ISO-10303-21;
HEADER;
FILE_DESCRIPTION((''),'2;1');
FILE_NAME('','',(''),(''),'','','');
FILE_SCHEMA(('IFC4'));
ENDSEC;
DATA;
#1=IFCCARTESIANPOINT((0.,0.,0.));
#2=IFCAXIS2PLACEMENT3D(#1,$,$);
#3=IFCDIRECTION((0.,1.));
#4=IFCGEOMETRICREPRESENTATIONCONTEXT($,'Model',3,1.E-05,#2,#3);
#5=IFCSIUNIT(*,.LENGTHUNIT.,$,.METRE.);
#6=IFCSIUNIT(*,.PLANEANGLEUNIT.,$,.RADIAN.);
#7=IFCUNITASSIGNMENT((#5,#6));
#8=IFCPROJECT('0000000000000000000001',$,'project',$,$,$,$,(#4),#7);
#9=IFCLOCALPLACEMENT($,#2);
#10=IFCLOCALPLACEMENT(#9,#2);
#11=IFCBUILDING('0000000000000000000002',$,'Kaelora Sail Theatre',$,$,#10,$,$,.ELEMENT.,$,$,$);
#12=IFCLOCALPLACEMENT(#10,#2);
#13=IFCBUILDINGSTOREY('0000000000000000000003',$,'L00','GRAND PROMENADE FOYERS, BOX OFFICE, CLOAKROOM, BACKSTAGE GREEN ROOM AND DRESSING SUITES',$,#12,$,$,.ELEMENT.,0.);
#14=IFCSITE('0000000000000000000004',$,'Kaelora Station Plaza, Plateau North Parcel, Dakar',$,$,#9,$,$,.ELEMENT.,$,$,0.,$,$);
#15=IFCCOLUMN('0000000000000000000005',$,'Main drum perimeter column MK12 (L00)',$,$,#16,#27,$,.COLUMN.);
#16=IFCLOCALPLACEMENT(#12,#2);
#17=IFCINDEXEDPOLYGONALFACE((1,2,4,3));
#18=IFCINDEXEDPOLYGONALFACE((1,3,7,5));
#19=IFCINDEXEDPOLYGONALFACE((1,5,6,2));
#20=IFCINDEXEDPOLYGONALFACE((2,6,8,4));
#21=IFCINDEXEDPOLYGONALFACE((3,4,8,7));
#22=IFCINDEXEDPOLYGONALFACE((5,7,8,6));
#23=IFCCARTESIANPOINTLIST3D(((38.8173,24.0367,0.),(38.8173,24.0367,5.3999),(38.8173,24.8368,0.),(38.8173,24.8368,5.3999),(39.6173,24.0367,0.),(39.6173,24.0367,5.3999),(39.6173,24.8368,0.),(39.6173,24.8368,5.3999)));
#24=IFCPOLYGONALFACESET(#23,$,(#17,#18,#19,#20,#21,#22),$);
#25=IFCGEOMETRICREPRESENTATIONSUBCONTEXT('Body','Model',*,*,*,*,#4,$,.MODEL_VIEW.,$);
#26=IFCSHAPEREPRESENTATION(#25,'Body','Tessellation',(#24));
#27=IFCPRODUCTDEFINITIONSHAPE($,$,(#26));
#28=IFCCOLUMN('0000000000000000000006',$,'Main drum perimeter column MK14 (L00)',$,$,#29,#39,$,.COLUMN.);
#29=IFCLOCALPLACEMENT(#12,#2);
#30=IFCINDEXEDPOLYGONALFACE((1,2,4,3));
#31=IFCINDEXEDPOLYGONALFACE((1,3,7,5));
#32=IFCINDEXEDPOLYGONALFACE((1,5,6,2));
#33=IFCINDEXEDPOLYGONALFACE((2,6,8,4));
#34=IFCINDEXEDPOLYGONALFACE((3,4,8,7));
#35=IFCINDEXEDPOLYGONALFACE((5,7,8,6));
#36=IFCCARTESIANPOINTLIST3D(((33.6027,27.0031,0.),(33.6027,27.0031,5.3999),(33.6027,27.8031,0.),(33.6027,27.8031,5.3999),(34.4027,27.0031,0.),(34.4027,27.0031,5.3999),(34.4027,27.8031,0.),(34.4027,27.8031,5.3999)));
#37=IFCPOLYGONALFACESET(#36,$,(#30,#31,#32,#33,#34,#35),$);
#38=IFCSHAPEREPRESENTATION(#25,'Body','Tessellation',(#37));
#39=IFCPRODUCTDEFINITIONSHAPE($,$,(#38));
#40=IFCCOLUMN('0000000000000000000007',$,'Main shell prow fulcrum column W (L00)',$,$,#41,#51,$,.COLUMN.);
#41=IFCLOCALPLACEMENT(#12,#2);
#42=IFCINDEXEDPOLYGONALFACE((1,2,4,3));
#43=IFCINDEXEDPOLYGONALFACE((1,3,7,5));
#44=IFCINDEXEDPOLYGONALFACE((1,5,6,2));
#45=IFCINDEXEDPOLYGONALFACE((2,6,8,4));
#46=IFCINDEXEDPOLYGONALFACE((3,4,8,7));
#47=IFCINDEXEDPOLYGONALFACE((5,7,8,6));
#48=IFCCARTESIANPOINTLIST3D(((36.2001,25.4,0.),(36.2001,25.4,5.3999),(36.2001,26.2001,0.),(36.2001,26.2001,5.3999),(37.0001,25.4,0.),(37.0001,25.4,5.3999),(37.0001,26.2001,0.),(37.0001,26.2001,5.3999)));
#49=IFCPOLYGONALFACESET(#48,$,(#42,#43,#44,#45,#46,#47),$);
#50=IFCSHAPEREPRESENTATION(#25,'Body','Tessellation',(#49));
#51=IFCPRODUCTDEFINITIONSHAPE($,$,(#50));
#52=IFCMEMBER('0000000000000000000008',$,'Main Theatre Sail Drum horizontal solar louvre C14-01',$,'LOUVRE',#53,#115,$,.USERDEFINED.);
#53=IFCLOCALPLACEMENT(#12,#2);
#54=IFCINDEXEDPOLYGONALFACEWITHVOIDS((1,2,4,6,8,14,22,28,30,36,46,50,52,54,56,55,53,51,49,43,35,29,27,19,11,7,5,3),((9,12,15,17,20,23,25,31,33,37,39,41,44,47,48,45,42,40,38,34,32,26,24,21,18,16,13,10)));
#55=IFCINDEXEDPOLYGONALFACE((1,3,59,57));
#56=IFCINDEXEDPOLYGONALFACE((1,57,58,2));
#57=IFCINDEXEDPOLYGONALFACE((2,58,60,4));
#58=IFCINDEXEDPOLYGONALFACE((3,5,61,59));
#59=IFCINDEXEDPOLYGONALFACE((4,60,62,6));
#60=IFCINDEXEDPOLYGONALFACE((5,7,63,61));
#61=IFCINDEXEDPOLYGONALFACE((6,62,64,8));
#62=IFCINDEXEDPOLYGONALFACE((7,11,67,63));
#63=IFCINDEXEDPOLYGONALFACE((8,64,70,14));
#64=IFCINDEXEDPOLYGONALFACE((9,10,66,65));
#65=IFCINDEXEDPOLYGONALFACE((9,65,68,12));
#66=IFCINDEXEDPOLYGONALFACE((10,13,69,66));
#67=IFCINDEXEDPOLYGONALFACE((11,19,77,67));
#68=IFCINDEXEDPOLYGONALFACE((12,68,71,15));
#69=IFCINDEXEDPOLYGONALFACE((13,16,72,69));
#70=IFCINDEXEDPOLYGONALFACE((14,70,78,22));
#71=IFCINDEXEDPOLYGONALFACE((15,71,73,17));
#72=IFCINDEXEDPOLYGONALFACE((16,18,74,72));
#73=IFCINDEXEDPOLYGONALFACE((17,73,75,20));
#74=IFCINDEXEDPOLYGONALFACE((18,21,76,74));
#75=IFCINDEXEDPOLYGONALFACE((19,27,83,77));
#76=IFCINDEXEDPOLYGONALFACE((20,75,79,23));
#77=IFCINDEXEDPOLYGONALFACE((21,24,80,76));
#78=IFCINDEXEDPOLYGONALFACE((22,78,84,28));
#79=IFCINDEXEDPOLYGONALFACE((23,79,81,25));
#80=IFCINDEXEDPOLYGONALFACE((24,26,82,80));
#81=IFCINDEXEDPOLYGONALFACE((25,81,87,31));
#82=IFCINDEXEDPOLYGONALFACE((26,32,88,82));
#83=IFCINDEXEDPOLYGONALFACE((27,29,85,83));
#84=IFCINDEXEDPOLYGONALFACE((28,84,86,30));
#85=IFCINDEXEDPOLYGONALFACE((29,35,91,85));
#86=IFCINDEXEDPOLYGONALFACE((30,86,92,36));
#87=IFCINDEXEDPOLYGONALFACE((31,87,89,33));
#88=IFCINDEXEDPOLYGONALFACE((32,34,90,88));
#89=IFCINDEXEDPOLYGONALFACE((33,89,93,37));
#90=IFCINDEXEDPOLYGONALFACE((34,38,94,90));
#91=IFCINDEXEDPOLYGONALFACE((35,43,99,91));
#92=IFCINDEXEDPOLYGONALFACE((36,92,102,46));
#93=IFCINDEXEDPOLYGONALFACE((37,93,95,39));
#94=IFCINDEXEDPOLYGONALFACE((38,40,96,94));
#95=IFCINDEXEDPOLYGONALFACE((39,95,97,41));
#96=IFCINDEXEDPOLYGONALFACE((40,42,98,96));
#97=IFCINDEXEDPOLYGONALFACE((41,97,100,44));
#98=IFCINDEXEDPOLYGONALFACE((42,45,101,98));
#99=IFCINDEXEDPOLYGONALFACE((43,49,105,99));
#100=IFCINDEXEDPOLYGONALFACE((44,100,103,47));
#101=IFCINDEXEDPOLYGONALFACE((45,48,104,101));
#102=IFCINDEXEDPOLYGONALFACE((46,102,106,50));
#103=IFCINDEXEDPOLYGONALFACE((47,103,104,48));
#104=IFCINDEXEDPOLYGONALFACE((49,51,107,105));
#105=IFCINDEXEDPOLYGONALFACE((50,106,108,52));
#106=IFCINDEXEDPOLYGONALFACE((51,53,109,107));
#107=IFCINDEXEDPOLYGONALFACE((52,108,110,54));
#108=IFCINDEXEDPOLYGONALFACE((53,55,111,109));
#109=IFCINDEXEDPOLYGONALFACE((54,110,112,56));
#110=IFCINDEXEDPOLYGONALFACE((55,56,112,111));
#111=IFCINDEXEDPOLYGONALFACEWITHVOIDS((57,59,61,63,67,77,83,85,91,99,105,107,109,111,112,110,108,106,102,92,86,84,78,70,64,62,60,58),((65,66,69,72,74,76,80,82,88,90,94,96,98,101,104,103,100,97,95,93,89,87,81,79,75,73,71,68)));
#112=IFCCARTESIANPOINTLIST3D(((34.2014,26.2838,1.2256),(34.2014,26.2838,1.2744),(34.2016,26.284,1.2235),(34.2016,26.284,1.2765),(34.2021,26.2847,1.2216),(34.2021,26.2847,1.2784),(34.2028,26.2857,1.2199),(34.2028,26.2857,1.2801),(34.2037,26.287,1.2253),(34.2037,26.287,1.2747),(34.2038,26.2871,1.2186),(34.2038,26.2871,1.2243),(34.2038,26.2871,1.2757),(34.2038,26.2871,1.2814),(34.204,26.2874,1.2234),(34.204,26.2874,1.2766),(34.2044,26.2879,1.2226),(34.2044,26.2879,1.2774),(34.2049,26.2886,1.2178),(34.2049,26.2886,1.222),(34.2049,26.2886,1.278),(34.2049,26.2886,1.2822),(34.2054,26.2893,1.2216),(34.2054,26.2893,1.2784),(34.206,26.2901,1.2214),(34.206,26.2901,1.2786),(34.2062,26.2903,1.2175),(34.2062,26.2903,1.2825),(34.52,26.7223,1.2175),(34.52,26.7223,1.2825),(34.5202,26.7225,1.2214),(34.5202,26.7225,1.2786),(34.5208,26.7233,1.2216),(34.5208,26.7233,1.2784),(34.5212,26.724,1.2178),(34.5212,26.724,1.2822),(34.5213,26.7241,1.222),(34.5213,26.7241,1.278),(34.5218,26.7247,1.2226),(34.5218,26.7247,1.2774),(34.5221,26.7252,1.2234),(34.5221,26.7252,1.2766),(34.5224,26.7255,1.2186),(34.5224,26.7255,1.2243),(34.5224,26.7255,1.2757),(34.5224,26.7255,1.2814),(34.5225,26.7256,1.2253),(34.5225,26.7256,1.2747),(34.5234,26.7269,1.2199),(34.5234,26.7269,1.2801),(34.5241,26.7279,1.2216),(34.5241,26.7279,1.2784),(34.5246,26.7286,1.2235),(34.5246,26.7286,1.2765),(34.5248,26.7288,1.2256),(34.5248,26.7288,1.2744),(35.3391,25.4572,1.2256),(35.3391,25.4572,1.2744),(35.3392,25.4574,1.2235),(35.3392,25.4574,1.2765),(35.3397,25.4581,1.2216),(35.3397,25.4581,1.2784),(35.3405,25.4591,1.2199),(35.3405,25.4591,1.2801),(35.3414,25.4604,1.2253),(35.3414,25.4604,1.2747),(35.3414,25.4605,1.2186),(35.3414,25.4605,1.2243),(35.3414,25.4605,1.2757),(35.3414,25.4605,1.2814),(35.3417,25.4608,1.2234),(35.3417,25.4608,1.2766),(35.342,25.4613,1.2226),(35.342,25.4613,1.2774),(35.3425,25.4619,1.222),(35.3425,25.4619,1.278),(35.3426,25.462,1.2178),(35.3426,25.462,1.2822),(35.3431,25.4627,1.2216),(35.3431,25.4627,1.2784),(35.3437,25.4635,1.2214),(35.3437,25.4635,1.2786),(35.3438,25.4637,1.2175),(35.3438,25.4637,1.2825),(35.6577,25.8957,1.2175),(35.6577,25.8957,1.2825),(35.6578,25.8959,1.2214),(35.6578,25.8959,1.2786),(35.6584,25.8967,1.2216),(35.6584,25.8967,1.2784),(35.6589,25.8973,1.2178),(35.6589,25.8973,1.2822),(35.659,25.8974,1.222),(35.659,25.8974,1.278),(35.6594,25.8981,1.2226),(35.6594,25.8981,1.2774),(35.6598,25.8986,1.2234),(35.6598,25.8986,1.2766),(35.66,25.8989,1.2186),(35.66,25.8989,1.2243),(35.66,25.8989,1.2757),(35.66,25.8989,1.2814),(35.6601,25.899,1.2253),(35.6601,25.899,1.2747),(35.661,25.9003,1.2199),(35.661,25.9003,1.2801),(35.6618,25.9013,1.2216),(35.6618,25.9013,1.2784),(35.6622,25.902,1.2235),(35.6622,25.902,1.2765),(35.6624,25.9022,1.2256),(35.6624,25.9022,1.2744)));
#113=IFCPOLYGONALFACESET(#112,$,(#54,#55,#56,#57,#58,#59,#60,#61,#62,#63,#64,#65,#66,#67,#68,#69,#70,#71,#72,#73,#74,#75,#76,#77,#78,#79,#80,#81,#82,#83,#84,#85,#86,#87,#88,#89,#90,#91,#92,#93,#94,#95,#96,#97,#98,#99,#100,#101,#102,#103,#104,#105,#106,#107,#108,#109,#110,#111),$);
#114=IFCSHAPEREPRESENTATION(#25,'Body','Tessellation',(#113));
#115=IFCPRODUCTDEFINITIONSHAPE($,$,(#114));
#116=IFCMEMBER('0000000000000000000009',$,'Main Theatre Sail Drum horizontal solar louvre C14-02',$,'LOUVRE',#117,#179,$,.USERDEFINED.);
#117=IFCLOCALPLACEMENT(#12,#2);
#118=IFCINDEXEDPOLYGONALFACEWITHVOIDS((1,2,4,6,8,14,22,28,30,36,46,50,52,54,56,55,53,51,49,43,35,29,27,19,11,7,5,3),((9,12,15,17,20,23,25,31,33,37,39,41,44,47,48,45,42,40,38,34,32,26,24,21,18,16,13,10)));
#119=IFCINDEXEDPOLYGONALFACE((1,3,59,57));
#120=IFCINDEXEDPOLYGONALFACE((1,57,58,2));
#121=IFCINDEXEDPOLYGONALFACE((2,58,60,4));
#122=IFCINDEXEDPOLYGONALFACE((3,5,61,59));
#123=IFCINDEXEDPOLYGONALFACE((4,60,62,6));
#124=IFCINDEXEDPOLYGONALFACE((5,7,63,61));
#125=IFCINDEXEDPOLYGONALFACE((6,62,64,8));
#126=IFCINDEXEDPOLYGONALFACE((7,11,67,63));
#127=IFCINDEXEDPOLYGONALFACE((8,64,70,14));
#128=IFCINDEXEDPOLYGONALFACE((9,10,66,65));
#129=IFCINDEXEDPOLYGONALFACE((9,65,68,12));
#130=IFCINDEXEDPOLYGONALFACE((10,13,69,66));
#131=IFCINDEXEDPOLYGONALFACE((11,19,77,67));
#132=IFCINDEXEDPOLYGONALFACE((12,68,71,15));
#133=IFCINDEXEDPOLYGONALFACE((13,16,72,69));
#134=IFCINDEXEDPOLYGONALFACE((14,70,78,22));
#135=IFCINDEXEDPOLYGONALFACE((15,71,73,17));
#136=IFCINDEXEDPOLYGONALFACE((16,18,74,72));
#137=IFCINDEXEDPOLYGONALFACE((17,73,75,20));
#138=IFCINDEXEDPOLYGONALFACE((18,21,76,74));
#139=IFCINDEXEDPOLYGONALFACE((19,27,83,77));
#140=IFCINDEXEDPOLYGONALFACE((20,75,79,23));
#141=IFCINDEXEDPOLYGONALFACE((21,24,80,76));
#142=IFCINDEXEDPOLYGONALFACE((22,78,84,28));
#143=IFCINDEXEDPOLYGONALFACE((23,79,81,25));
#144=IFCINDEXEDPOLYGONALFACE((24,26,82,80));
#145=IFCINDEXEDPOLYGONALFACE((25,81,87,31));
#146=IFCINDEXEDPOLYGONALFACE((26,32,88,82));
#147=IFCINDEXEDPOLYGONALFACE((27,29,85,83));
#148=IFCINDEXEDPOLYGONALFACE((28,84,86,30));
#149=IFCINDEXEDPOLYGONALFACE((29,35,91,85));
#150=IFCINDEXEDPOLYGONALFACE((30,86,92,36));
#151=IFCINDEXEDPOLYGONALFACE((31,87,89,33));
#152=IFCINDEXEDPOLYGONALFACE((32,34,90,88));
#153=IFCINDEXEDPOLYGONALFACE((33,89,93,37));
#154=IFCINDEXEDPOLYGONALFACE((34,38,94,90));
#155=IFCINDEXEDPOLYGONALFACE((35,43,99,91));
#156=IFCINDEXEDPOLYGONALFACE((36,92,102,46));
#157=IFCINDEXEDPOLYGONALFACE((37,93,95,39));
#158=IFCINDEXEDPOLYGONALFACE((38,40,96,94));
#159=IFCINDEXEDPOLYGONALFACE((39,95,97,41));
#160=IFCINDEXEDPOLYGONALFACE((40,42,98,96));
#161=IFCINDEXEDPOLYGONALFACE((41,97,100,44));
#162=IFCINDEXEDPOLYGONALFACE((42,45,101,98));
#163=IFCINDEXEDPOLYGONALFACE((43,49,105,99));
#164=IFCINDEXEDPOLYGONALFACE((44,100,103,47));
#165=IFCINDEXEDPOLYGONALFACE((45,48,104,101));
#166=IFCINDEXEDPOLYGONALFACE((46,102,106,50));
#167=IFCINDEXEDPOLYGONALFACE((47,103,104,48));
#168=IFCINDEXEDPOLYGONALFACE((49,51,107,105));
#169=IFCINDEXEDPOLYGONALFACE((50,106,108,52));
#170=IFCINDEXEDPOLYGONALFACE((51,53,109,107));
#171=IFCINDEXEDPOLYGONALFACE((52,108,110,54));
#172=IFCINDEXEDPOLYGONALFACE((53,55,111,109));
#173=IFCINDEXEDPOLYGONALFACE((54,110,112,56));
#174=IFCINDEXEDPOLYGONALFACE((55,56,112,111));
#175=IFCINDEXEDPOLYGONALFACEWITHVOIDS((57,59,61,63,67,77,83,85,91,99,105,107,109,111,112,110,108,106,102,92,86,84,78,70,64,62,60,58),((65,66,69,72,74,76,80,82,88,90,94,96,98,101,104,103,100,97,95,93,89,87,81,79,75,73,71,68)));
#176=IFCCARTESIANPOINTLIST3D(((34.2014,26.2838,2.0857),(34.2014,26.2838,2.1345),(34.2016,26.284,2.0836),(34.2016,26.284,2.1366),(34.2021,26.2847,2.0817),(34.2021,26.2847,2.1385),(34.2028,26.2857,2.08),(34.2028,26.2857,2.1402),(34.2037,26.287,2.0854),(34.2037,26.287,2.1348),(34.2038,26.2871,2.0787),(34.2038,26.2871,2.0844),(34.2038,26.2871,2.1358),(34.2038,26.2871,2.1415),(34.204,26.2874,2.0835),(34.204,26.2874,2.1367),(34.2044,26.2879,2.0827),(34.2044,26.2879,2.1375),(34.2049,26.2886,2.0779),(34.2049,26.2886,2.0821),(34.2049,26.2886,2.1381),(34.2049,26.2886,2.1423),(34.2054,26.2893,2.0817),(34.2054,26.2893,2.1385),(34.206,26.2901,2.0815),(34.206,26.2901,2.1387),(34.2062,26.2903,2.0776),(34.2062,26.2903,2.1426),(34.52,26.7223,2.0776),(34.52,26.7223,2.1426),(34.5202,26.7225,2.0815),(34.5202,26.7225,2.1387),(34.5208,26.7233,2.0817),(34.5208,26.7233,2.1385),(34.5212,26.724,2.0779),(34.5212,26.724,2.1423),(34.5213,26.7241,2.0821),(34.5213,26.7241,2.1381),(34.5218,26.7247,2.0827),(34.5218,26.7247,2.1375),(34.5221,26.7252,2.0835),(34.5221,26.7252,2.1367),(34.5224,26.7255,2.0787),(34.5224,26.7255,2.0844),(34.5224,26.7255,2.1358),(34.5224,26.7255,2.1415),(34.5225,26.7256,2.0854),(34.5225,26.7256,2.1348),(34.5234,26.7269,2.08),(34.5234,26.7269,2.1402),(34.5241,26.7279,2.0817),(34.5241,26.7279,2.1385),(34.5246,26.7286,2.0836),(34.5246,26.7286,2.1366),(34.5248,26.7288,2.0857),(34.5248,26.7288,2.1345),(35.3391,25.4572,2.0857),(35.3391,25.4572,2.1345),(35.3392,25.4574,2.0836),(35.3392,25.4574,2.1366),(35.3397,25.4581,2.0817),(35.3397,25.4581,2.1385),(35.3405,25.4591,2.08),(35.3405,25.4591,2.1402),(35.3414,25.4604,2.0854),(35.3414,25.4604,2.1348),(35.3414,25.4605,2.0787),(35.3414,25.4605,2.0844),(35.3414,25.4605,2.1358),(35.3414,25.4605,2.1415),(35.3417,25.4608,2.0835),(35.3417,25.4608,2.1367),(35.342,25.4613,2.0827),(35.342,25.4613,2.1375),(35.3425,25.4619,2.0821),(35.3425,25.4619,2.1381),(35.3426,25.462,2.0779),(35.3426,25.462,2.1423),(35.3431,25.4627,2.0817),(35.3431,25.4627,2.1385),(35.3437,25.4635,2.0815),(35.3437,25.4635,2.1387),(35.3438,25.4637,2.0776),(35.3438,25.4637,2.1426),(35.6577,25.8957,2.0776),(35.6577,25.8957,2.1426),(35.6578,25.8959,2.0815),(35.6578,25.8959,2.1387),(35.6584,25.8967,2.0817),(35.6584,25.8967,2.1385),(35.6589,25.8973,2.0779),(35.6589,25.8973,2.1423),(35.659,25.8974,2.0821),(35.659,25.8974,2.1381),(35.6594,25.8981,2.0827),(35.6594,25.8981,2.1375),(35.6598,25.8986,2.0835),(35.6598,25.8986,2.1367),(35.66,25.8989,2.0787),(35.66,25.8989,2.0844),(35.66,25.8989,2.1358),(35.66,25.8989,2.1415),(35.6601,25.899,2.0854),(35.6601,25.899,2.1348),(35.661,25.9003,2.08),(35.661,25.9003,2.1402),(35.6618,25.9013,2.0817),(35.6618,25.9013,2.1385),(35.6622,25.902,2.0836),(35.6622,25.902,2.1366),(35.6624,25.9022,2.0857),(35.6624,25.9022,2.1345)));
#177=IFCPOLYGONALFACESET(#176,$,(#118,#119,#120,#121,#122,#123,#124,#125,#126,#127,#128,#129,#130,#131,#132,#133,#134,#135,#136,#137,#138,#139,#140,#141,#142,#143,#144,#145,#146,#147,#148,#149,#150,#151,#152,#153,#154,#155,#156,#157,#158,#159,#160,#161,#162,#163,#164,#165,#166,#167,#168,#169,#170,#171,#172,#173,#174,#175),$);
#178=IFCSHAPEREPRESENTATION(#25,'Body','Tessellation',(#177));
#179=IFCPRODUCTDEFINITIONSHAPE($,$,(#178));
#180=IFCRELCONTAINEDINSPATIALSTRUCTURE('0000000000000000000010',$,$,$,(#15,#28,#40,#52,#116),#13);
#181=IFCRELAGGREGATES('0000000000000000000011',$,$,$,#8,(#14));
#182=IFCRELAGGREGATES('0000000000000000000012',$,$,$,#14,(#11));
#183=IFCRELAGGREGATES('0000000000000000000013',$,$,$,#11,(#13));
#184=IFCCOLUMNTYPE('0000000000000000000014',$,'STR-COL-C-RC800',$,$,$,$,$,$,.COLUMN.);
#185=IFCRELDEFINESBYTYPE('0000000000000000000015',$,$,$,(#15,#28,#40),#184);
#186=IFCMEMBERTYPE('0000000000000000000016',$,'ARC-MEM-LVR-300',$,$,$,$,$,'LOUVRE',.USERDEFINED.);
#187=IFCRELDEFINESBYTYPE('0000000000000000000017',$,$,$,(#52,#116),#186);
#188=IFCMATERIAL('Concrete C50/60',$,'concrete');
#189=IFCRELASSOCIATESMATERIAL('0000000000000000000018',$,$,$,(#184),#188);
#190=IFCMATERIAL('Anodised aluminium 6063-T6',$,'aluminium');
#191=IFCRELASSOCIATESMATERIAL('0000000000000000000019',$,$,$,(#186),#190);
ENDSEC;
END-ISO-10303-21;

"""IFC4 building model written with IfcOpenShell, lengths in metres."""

from ifc_helpers import new_model, si_unit, direction, frame, origin, origin_2d, place, context, subcontext, project, spatial, rectangle, hollow_rectangle, extrude, material, material_profile, profile_set, type_object, element, save


model = new_model("IFC4")

# Units and contexts
model_context = context("Model", 3, precision=1e-05, world=origin(), true_north=direction((0.0, 1.0)))
body_context = subcontext(model_context, "Body", "Model", "MODEL_VIEW")
ifc_project = project(units=[si_unit("LENGTHUNIT", "METRE"), si_unit("PLANEANGLEUNIT", "RADIAN")], contexts=[model_context])

# Site, building, storey
site_placement = place(None, origin())
site = spatial("IfcSite", under=ifc_project, at=site_placement, Name="Kaelora Station Plaza, Plateau North Parcel, Dakar", CompositionType="ELEMENT", RefElevation=0.0)
building_placement = place(site_placement, origin())
building = spatial("IfcBuilding", under=site, at=building_placement, Name="Kaelora Sail Theatre", CompositionType="ELEMENT")
storey_placement = place(building_placement, origin())
storey = spatial("IfcBuildingStorey", under=building, at=storey_placement, Name="L00", Description="GRAND PROMENADE FOYERS, BOX OFFICE, CLOAKROOM, BACKSTAGE GREEN ROOM AND DRESSING SUITES", CompositionType="ELEMENT", Elevation=0.0)

# Columns
ifc_material_1 = material(Name="Concrete C50/60", Category="concrete")
ifc_material_profile_1 = material_profile(ifc_material_1, rectangle(XDim=0.8, YDim=0.8, at=origin_2d()), Name="RC-COL 800x800")
ifc_profile_set_1 = profile_set([ifc_material_profile_1], Name="Concrete C50/60")
column_type = type_object("IfcColumnType", Name="STR-COL-C-RC800", PredefinedType="COLUMN", material=ifc_profile_set_1)
for number, where, z_axis, x_axis, name in (
    (1, (39.2173, 24.4368, 0.0), (0.0, 0.0, 1.0), (1.0, 0.0, 0.0), "Main drum perimeter column MK12 (L00)"),
    (2, (34.0027, 27.4031, 0.0), (0.0, 0.0, 1.0), (1.0, 0.0, 0.0), "Main drum perimeter column MK14 (L00)"),
    (3, (36.6001, 25.8, 0.0), (0.0, 0.0, 1.0), (1.0, 0.0, 0.0), "Main shell prow fulcrum column W (L00)"),
):
    element("IfcColumn", number, at=place(storey_placement, frame(where, z_axis=z_axis, x_axis=x_axis)), inside=storey, type_object=column_type, Name=name, PredefinedType="COLUMN", context=body_context, shape_type="SweptSolid", body=[
        extrude(rectangle(XDim=0.8, YDim=0.8, at=origin_2d()), origin(), (0.0, 0.0, 1.0), 5.3999),
    ])

# Members
ifc_material_2 = material(Name="Anodised aluminium 6063-T6", Category="aluminium")
ifc_material_profile_2 = material_profile(ifc_material_2, hollow_rectangle(XDim=0.55, YDim=0.0649, WallThickness=0.0039, InnerFilletRadius=0.0039, OuterFilletRadius=0.0081, at=origin_2d()), Name="LOUVRE 550x65x4")
ifc_profile_set_2 = profile_set([ifc_material_profile_2], Name="Anodised aluminium 6063-T6")
member_type_1 = type_object("IfcMemberType", Name="ARC-MEM-LVR-300", ElementType="LOUVRE", PredefinedType="USERDEFINED", material=ifc_profile_set_2)
for number, where, z_axis, x_axis, name in (
    (4, (35.5007, 25.6797, 1.25), (-0.808991, 0.587821, 0.0), (-0.587821, -0.808991, 0.0), "Main Theatre Sail Drum horizontal solar louvre C14-01"),
    (5, (35.5007, 25.6797, 2.1101), (-0.808991, 0.587821, 0.0), (-0.587821, -0.808991, 0.0), "Main Theatre Sail Drum horizontal solar louvre C14-02"),
):
    element("IfcMember", number, at=place(storey_placement, frame(where, z_axis=z_axis, x_axis=x_axis)), inside=storey, type_object=member_type_1, Name=name, ObjectType="LOUVRE", PredefinedType="USERDEFINED", context=body_context, shape_type="SweptSolid", body=[
        extrude(hollow_rectangle(XDim=0.55, YDim=0.0649, WallThickness=0.0039, InnerFilletRadius=0.0039, OuterFilletRadius=0.0081, at=origin_2d()), origin(), (0.0, 0.0, 1.0), 1.4062),
    ])

save(model, "model.ifc")
